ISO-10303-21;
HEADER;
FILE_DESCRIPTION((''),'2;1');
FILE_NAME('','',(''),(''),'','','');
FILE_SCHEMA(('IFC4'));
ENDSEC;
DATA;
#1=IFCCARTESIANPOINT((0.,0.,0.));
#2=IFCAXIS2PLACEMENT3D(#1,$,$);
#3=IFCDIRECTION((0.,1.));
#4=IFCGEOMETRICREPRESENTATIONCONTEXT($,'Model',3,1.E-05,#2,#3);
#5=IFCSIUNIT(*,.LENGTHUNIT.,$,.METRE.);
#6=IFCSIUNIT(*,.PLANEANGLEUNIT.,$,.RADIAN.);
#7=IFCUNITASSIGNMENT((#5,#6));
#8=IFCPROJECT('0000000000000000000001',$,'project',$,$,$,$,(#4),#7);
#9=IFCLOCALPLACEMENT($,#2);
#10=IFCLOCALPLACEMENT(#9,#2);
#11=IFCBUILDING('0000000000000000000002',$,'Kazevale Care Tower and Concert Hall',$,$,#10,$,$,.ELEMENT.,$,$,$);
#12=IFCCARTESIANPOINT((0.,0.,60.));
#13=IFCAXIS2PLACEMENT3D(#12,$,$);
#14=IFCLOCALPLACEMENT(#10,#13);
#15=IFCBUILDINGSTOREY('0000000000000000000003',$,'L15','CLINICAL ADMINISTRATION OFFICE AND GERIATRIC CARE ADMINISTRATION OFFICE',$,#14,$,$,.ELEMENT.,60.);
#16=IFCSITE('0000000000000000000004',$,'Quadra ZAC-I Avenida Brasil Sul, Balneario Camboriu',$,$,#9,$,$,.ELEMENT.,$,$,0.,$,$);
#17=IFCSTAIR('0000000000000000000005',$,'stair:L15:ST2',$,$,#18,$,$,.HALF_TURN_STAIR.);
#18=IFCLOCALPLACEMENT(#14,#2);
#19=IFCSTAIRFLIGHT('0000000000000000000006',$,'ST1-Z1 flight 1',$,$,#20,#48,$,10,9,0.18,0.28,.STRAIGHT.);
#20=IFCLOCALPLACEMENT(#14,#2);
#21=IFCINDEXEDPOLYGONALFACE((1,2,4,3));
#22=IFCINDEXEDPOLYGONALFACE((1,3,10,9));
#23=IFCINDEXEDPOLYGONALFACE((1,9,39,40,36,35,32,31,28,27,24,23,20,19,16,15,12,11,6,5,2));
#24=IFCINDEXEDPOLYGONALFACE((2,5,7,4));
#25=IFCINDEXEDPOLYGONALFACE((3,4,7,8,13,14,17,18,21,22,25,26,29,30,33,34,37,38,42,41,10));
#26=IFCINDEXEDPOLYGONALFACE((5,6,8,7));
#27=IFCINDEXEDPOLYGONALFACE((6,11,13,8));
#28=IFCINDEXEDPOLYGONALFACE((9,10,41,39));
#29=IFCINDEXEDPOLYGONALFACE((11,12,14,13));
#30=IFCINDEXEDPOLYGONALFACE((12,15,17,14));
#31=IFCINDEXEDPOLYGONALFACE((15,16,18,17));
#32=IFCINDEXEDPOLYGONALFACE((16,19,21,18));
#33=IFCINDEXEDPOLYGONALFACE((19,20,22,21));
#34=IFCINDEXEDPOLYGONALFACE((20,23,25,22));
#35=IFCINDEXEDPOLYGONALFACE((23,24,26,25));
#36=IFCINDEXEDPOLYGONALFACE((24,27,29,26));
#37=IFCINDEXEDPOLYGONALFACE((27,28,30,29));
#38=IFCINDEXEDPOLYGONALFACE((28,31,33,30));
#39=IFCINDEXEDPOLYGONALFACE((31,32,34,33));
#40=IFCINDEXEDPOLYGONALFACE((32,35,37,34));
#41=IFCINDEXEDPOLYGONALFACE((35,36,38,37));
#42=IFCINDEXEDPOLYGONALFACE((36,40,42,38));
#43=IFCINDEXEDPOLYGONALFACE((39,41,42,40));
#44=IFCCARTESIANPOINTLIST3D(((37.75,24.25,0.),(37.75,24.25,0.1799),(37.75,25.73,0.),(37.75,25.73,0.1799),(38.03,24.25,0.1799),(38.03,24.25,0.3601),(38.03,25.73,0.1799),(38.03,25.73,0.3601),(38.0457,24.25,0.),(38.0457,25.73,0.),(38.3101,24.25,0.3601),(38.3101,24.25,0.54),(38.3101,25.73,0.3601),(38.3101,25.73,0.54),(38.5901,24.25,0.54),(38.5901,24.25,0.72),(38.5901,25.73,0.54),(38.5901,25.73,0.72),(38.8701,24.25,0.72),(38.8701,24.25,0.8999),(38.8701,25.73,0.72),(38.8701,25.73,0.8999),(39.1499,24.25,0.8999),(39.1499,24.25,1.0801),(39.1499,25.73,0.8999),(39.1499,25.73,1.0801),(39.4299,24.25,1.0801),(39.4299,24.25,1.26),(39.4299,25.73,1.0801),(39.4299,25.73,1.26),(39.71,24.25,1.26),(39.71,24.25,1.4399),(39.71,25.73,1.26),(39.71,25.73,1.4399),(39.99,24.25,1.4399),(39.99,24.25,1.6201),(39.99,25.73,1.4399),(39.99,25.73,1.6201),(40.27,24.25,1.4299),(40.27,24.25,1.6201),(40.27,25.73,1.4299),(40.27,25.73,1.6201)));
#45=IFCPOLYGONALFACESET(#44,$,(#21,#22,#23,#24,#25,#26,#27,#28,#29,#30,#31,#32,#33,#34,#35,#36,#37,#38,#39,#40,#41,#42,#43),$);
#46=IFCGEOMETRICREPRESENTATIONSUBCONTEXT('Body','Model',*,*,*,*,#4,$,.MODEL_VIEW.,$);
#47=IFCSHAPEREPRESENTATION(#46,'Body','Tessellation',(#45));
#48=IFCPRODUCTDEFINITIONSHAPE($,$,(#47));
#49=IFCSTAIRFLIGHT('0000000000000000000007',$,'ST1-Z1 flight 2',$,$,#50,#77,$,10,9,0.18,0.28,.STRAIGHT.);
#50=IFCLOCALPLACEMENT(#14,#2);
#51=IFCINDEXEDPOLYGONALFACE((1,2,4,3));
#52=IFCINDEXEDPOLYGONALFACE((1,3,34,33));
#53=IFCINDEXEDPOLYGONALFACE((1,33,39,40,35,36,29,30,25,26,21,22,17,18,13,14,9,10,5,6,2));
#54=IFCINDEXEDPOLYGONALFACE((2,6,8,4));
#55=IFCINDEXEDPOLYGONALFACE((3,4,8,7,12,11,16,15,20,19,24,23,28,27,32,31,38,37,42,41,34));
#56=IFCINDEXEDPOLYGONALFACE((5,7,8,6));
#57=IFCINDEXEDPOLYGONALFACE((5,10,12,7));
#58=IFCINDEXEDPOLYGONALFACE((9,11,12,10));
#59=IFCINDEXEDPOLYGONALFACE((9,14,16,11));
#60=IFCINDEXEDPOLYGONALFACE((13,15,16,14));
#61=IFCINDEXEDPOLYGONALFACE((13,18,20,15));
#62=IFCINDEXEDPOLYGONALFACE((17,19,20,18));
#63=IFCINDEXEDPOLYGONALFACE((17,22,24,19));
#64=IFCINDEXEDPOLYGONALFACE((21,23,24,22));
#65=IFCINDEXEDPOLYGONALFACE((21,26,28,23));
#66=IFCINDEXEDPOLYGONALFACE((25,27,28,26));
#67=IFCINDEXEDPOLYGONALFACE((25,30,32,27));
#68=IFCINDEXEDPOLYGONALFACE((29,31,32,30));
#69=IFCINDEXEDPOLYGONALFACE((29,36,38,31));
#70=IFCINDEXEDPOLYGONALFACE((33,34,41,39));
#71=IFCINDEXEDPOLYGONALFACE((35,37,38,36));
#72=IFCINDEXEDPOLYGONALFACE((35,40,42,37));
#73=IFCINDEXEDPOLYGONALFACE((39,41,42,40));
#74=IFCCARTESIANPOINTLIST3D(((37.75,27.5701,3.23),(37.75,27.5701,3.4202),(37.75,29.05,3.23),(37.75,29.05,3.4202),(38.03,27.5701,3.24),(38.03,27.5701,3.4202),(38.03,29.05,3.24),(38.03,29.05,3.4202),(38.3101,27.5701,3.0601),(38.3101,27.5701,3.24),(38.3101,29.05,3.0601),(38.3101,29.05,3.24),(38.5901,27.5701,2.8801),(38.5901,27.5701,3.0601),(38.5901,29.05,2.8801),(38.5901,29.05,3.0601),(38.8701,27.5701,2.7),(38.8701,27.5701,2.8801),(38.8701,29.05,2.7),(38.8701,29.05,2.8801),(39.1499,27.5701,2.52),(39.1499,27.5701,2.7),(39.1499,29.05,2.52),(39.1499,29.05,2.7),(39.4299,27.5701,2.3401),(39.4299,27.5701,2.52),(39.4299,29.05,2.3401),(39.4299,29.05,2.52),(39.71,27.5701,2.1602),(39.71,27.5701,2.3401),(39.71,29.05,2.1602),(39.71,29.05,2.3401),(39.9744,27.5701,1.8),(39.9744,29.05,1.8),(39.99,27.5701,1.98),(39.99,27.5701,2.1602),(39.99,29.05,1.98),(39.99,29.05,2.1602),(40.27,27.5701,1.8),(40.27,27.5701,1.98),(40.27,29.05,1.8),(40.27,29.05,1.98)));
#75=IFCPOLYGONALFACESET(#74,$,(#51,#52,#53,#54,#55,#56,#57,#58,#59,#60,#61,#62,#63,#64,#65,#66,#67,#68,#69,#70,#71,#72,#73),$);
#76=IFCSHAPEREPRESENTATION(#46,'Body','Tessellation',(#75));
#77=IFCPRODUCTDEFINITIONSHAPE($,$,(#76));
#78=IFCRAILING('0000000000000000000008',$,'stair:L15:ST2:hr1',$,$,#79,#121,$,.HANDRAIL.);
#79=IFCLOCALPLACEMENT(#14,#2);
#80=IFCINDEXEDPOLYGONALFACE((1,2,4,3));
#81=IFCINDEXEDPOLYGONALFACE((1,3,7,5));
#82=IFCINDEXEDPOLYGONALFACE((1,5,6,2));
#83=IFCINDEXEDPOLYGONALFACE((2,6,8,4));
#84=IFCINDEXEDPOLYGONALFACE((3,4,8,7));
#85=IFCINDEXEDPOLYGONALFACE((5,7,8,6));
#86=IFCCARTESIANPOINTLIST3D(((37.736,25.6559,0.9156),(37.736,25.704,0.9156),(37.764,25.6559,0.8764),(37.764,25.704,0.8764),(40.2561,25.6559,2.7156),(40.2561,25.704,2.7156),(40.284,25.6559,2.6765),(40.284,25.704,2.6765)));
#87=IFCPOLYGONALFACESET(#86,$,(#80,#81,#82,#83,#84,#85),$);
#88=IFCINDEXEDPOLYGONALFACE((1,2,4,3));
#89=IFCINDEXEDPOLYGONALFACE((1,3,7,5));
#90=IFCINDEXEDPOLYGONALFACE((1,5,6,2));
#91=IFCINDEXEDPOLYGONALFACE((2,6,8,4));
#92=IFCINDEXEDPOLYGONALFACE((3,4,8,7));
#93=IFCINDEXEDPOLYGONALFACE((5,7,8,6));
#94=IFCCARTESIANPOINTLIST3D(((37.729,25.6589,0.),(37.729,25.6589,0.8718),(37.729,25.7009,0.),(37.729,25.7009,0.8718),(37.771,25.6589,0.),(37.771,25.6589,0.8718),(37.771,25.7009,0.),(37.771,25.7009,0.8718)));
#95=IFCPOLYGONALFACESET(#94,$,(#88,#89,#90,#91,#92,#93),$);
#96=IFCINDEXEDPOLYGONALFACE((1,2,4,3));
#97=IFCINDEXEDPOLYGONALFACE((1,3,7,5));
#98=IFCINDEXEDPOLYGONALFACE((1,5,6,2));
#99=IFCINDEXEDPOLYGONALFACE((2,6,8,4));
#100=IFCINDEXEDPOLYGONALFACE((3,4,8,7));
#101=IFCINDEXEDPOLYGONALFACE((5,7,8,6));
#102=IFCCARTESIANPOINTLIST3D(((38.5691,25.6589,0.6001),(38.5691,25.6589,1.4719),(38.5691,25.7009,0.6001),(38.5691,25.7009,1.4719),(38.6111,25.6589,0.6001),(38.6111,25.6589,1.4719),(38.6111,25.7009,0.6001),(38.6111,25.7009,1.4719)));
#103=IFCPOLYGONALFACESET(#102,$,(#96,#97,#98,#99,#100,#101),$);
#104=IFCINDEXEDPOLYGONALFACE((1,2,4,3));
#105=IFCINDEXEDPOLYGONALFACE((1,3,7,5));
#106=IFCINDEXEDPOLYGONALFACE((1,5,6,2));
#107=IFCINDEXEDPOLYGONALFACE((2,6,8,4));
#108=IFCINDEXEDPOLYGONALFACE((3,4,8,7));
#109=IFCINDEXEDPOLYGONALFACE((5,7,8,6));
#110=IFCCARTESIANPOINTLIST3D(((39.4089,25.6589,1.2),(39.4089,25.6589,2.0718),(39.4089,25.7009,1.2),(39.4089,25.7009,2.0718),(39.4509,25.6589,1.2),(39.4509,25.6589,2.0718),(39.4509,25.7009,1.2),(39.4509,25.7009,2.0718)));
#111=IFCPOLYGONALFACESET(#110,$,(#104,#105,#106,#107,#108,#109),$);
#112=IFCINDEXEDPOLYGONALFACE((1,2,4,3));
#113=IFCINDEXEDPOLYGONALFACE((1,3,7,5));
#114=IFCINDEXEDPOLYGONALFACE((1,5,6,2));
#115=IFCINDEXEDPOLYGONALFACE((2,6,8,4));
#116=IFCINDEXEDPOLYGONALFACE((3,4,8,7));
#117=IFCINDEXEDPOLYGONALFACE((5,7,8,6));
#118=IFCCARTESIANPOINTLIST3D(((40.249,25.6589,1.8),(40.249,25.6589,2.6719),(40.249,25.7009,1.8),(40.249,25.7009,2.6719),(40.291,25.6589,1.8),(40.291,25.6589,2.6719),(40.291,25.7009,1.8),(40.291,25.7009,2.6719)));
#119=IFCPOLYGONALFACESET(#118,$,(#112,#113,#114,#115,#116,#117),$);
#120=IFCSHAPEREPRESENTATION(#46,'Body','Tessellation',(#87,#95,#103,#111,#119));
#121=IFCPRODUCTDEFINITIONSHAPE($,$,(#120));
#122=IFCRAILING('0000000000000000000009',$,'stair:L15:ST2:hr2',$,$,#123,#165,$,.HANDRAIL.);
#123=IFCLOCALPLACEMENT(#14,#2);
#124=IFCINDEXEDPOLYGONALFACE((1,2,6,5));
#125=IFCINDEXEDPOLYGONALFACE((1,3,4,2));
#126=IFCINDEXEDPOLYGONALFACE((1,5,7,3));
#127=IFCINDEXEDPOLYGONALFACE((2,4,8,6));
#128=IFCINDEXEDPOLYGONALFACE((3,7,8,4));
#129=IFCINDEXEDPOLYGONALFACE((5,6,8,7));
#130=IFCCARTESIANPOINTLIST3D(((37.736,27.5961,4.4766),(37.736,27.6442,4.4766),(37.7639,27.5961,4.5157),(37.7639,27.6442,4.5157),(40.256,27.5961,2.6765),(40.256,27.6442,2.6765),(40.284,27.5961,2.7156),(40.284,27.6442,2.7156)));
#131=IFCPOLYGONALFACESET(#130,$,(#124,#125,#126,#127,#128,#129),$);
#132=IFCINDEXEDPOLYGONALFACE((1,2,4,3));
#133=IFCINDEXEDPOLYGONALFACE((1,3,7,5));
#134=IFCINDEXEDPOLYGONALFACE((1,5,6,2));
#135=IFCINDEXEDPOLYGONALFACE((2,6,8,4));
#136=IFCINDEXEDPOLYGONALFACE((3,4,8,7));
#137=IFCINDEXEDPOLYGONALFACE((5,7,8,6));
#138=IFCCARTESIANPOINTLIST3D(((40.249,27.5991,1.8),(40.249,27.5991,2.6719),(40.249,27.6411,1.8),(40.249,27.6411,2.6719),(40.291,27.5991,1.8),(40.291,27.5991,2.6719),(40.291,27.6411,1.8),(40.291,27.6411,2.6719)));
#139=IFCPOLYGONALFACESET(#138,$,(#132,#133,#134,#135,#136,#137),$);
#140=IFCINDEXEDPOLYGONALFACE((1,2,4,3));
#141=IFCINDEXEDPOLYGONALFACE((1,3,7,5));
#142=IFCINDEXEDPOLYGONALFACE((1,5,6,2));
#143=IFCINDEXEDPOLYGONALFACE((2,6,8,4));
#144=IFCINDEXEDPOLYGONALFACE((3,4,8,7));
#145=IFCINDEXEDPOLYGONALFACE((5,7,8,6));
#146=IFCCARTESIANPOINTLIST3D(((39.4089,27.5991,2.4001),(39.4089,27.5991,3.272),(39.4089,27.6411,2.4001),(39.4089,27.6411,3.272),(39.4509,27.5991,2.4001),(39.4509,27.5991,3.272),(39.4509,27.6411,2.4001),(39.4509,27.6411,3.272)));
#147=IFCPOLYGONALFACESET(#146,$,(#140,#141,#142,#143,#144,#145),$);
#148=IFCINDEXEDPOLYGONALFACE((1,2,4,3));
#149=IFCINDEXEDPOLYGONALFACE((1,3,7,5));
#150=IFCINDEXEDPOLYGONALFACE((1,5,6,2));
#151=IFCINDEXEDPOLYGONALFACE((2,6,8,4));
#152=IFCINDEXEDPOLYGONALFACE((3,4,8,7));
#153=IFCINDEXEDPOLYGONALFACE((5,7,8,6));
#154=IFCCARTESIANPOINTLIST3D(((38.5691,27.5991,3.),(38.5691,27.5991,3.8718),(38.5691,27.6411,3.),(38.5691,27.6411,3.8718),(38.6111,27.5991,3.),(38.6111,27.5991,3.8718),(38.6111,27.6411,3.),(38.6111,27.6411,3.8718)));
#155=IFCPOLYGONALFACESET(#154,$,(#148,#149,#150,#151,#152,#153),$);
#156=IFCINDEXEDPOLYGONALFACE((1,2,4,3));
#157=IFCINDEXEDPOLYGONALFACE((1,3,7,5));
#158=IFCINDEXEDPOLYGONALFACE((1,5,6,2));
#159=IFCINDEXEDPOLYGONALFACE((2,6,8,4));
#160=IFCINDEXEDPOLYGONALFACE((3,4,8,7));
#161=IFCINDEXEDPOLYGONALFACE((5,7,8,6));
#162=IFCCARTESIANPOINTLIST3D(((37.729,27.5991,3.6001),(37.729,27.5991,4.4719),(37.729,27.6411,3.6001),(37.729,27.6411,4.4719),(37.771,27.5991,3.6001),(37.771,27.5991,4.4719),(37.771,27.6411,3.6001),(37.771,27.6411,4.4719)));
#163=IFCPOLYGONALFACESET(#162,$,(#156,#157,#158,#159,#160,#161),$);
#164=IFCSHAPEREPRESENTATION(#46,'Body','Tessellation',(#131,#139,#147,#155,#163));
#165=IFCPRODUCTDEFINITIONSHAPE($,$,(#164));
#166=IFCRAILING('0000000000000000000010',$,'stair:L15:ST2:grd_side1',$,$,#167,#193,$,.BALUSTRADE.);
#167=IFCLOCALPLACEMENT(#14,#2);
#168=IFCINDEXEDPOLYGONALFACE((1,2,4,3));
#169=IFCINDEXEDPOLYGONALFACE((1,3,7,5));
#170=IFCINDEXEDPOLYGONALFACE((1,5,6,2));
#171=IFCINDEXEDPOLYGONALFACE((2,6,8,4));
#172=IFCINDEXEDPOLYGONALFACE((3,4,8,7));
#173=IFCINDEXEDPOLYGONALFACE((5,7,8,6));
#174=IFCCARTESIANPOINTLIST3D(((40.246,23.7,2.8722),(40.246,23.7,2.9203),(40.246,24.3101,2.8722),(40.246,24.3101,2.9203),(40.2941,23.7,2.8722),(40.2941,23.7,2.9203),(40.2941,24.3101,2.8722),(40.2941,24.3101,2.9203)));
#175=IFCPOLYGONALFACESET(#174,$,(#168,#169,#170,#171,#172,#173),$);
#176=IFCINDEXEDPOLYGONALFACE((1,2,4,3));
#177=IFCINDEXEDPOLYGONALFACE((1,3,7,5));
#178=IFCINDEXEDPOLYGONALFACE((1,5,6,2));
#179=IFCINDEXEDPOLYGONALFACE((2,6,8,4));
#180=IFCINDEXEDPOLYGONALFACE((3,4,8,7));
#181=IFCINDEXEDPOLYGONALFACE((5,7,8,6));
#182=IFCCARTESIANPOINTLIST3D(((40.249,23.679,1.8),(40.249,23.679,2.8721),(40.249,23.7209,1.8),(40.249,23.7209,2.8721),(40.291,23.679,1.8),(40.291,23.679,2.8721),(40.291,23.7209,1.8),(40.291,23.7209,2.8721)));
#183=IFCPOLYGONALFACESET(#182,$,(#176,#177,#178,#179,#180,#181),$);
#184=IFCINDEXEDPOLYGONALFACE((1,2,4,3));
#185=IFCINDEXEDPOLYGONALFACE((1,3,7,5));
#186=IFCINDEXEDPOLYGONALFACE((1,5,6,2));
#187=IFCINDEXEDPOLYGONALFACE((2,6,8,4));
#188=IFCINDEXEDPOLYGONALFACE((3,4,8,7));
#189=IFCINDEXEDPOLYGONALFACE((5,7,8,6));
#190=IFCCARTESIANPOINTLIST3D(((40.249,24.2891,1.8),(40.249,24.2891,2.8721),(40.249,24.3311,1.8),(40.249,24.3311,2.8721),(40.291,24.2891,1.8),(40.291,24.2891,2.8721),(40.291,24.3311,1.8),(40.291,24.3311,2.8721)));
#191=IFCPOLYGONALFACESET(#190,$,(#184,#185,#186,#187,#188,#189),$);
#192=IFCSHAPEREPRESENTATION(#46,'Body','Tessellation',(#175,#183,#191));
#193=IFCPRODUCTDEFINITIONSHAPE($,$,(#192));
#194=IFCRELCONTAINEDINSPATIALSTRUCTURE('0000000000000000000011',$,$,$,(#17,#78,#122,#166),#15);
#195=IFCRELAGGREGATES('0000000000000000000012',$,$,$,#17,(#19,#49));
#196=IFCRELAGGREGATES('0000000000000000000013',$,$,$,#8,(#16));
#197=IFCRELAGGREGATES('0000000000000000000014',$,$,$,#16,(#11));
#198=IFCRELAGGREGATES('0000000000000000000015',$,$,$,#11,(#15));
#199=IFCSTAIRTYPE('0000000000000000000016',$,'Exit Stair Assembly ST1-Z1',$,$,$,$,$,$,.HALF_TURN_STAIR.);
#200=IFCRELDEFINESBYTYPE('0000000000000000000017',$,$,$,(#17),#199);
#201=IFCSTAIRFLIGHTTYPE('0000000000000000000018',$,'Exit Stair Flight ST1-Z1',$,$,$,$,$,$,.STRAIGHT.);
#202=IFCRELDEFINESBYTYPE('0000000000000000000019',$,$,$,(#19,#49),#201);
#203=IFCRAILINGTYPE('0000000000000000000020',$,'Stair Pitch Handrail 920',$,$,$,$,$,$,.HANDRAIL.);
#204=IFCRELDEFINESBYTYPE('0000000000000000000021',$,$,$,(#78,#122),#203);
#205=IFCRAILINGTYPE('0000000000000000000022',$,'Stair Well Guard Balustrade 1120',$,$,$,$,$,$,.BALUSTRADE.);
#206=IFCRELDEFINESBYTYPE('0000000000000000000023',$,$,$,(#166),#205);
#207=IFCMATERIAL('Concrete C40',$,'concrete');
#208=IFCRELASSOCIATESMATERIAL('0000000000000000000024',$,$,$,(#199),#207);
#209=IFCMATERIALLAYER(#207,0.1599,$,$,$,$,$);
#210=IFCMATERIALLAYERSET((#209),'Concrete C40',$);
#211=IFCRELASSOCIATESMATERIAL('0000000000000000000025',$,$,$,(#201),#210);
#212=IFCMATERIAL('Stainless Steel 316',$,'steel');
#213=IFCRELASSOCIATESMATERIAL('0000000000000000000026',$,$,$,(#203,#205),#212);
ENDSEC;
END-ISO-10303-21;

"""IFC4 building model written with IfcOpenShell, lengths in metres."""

from ifc_helpers import new_model, si_unit, direction, frame, origin, origin_2d, place, context, subcontext, project, spatial, polyline, rectangle, outline, extrude, material, layer, layer_set, type_object, element, aggregate, save


model = new_model("IFC4")

# Units and contexts
model_context = context("Model", 3, precision=1e-05, world=origin(), true_north=direction((0.0, 1.0)))
body_context = subcontext(model_context, "Body", "Model", "MODEL_VIEW")
ifc_project = project(units=[si_unit("LENGTHUNIT", "METRE"), si_unit("PLANEANGLEUNIT", "RADIAN")], contexts=[model_context])

# Site, building, storey
site_placement = place(None, origin())
site = spatial("IfcSite", under=ifc_project, at=site_placement, Name="Quadra ZAC-I Avenida Brasil Sul, Balneario Camboriu", CompositionType="ELEMENT", RefElevation=0.0)
building_placement = place(site_placement, origin())
building = spatial("IfcBuilding", under=site, at=building_placement, Name="Kazevale Care Tower and Concert Hall", CompositionType="ELEMENT")
storey_placement = place(building_placement, frame((0.0, 0.0, 60.0)))
storey = spatial("IfcBuildingStorey", under=building, at=storey_placement, Name="L15", Description="CLINICAL ADMINISTRATION OFFICE AND GERIATRIC CARE ADMINISTRATION OFFICE", CompositionType="ELEMENT", Elevation=60.0)

# Shared definitions
ifc_material_1 = material(Name="Concrete C40", Category="concrete")

# Stair, stair flights
stair_type = type_object("IfcStairType", Name="Exit Stair Assembly ST1-Z1", PredefinedType="HALF_TURN_STAIR", material=ifc_material_1)
stair_placement = place(storey_placement, origin())
stair = element("IfcStair", 1, at=stair_placement, inside=storey, type_object=stair_type, Name="stair:L15:ST2", PredefinedType="HALF_TURN_STAIR")
ifc_layer_1 = layer(ifc_material_1, 0.1599)
ifc_layer_set_1 = layer_set([ifc_layer_1], Name="Concrete C40")
stair_flight_type = type_object("IfcStairFlightType", Name="Exit Stair Flight ST1-Z1", PredefinedType="STRAIGHT", material=ifc_layer_set_1)
stair_flight_1_placement = place(storey_placement, frame((37.75, 24.99, 0.0), z_axis=(0.0, 0.0, 1.0), x_axis=(1.0, 0.0, 0.0)))
stair_flight_1 = element("IfcStairFlight", 2, at=stair_flight_1_placement, type_object=stair_flight_type, Name="ST1-Z1 flight 1", NumberOfRisers=10, NumberOfTreads=9, PredefinedType="STRAIGHT", RiserHeight=0.18, TreadLength=0.28, context=body_context, shape_type="SweptSolid", body=[
    extrude(outline(polyline([(0.0, 0.0), (0.0, 0.1799), (0.28, 0.1799), (0.28, 0.3601), (0.5601, 0.3601), (0.5601, 0.54), (0.8401, 0.54), (0.8401, 0.72), (1.1201, 0.72), (1.1201, 0.8999), (1.3999, 0.8999), (1.3999, 1.0801), (1.6799, 1.0801), (1.6799, 1.26), (1.96, 1.26), (1.96, 1.4399), (2.24, 1.4399), (2.24, 1.6201), (2.52, 1.6201), (2.52, 1.8), (2.52, 1.4299), (0.2957, 0.0), (0.0, 0.0)])), frame((0.0, 0.74, 0.0), z_axis=(0.0, -1.0, 0.0), x_axis=(1.0, 0.0, 0.0)), (0.0, 0.0, 1.0), 1.48),
])
stair_flight_2_placement = place(storey_placement, frame((40.27, 28.3101, 1.8), z_axis=(0.0, 0.0, 1.0), x_axis=(-1.0, 0.0, 0.0)))
stair_flight_2 = element("IfcStairFlight", 3, at=stair_flight_2_placement, type_object=stair_flight_type, Name="ST1-Z1 flight 2", NumberOfRisers=10, NumberOfTreads=9, PredefinedType="STRAIGHT", RiserHeight=0.18, TreadLength=0.28, context=body_context, shape_type="SweptSolid", body=[
    extrude(outline(polyline([(0.0, 0.0), (0.0, 0.1799), (0.28, 0.1799), (0.28, 0.3601), (0.5601, 0.3601), (0.5601, 0.54), (0.8401, 0.54), (0.8401, 0.72), (1.1201, 0.72), (1.1201, 0.8999), (1.3999, 0.8999), (1.3999, 1.0801), (1.6799, 1.0801), (1.6799, 1.26), (1.96, 1.26), (1.96, 1.4399), (2.24, 1.4399), (2.24, 1.6201), (2.52, 1.6201), (2.52, 1.8), (2.52, 1.4299), (0.2957, 0.0), (0.0, 0.0)])), frame((0.0, 0.74, 0.0), z_axis=(0.0, -1.0, 0.0), x_axis=(1.0, 0.0, 0.0)), (0.0, 0.0, 1.0), 1.48),
])
aggregate(stair, [stair_flight_1, stair_flight_2])

# Railings
ifc_material_2 = material(Name="Stainless Steel 316", Category="steel")
railing_type_1 = type_object("IfcRailingType", Name="Stair Pitch Handrail 920", PredefinedType="HANDRAIL", material=ifc_material_2)
railing_1_placement = place(storey_placement, frame((37.75, 25.6799, 0.0)))
element("IfcRailing", 4, at=railing_1_placement, inside=storey, type_object=railing_type_1, Name="stair:L15:ST2:hr1", PredefinedType="HANDRAIL", context=body_context, shape_type="SweptSolid", body=[
    extrude(rectangle(XDim=0.0481, YDim=0.0481, at=origin_2d()), frame((0.0, 0.0, 0.896), z_axis=(0.813728, 0.0, 0.581246), x_axis=(0.0, 1.0, 0.0)), (0.0, 0.0, 1.0), 3.0969),
    extrude(rectangle(XDim=0.042, YDim=0.042, at=origin_2d()), origin(), (0.0, 0.0, 1.0), 0.8718),
    extrude(rectangle(XDim=0.042, YDim=0.042, at=origin_2d()), frame((0.8401, 0.0, 0.6001)), (0.0, 0.0, 1.0), 0.8718),
    extrude(rectangle(XDim=0.042, YDim=0.042, at=origin_2d()), frame((1.6799, 0.0, 1.2)), (0.0, 0.0, 1.0), 0.8718),
    extrude(rectangle(XDim=0.042, YDim=0.042, at=origin_2d()), frame((2.52, 0.0, 1.8)), (0.0, 0.0, 1.0), 0.8718),
])
railing_2_placement = place(storey_placement, frame((40.27, 27.6201, 1.8)))
element("IfcRailing", 5, at=railing_2_placement, inside=storey, type_object=railing_type_1, Name="stair:L15:ST2:hr2", PredefinedType="HANDRAIL", context=body_context, shape_type="SweptSolid", body=[
    extrude(rectangle(XDim=0.0481, YDim=0.0481, at=origin_2d()), frame((0.0, 0.0, 0.896), z_axis=(-0.813728, 0.0, 0.581246), x_axis=(0.0, -1.0, 0.0)), (0.0, 0.0, 1.0), 3.0969),
    extrude(rectangle(XDim=0.042, YDim=0.042, at=origin_2d()), origin(), (0.0, 0.0, 1.0), 0.8718),
    extrude(rectangle(XDim=0.042, YDim=0.042, at=origin_2d()), frame((-0.8401, 0.0, 0.6001)), (0.0, 0.0, 1.0), 0.8718),
    extrude(rectangle(XDim=0.042, YDim=0.042, at=origin_2d()), frame((-1.6799, 0.0, 1.2)), (0.0, 0.0, 1.0), 0.8718),
    extrude(rectangle(XDim=0.042, YDim=0.042, at=origin_2d()), frame((-2.52, 0.0, 1.8)), (0.0, 0.0, 1.0), 0.8718),
])
railing_type_2 = type_object("IfcRailingType", Name="Stair Well Guard Balustrade 1120", PredefinedType="BALUSTRADE", material=ifc_material_2)
railing_3_placement = place(storey_placement, frame((40.27, 23.7, 1.8)))
element("IfcRailing", 6, at=railing_3_placement, inside=storey, type_object=railing_type_2, Name="stair:L15:ST2:grd_side1", PredefinedType="BALUSTRADE", context=body_context, shape_type="SweptSolid", body=[
    extrude(rectangle(XDim=0.0481, YDim=0.0481, at=origin_2d()), frame((0.0, 0.0, 1.0962), z_axis=(0.0, 1.0, 0.0), x_axis=(-1.0, 0.0, 0.0)), (0.0, 0.0, 1.0), 0.6101),
    extrude(rectangle(XDim=0.042, YDim=0.042, at=origin_2d()), origin(), (0.0, 0.0, 1.0), 1.072),
    extrude(rectangle(XDim=0.042, YDim=0.042, at=origin_2d()), frame((0.0, 0.6101, 0.0)), (0.0, 0.0, 1.0), 1.072),
])

save(model, "model.ifc")
